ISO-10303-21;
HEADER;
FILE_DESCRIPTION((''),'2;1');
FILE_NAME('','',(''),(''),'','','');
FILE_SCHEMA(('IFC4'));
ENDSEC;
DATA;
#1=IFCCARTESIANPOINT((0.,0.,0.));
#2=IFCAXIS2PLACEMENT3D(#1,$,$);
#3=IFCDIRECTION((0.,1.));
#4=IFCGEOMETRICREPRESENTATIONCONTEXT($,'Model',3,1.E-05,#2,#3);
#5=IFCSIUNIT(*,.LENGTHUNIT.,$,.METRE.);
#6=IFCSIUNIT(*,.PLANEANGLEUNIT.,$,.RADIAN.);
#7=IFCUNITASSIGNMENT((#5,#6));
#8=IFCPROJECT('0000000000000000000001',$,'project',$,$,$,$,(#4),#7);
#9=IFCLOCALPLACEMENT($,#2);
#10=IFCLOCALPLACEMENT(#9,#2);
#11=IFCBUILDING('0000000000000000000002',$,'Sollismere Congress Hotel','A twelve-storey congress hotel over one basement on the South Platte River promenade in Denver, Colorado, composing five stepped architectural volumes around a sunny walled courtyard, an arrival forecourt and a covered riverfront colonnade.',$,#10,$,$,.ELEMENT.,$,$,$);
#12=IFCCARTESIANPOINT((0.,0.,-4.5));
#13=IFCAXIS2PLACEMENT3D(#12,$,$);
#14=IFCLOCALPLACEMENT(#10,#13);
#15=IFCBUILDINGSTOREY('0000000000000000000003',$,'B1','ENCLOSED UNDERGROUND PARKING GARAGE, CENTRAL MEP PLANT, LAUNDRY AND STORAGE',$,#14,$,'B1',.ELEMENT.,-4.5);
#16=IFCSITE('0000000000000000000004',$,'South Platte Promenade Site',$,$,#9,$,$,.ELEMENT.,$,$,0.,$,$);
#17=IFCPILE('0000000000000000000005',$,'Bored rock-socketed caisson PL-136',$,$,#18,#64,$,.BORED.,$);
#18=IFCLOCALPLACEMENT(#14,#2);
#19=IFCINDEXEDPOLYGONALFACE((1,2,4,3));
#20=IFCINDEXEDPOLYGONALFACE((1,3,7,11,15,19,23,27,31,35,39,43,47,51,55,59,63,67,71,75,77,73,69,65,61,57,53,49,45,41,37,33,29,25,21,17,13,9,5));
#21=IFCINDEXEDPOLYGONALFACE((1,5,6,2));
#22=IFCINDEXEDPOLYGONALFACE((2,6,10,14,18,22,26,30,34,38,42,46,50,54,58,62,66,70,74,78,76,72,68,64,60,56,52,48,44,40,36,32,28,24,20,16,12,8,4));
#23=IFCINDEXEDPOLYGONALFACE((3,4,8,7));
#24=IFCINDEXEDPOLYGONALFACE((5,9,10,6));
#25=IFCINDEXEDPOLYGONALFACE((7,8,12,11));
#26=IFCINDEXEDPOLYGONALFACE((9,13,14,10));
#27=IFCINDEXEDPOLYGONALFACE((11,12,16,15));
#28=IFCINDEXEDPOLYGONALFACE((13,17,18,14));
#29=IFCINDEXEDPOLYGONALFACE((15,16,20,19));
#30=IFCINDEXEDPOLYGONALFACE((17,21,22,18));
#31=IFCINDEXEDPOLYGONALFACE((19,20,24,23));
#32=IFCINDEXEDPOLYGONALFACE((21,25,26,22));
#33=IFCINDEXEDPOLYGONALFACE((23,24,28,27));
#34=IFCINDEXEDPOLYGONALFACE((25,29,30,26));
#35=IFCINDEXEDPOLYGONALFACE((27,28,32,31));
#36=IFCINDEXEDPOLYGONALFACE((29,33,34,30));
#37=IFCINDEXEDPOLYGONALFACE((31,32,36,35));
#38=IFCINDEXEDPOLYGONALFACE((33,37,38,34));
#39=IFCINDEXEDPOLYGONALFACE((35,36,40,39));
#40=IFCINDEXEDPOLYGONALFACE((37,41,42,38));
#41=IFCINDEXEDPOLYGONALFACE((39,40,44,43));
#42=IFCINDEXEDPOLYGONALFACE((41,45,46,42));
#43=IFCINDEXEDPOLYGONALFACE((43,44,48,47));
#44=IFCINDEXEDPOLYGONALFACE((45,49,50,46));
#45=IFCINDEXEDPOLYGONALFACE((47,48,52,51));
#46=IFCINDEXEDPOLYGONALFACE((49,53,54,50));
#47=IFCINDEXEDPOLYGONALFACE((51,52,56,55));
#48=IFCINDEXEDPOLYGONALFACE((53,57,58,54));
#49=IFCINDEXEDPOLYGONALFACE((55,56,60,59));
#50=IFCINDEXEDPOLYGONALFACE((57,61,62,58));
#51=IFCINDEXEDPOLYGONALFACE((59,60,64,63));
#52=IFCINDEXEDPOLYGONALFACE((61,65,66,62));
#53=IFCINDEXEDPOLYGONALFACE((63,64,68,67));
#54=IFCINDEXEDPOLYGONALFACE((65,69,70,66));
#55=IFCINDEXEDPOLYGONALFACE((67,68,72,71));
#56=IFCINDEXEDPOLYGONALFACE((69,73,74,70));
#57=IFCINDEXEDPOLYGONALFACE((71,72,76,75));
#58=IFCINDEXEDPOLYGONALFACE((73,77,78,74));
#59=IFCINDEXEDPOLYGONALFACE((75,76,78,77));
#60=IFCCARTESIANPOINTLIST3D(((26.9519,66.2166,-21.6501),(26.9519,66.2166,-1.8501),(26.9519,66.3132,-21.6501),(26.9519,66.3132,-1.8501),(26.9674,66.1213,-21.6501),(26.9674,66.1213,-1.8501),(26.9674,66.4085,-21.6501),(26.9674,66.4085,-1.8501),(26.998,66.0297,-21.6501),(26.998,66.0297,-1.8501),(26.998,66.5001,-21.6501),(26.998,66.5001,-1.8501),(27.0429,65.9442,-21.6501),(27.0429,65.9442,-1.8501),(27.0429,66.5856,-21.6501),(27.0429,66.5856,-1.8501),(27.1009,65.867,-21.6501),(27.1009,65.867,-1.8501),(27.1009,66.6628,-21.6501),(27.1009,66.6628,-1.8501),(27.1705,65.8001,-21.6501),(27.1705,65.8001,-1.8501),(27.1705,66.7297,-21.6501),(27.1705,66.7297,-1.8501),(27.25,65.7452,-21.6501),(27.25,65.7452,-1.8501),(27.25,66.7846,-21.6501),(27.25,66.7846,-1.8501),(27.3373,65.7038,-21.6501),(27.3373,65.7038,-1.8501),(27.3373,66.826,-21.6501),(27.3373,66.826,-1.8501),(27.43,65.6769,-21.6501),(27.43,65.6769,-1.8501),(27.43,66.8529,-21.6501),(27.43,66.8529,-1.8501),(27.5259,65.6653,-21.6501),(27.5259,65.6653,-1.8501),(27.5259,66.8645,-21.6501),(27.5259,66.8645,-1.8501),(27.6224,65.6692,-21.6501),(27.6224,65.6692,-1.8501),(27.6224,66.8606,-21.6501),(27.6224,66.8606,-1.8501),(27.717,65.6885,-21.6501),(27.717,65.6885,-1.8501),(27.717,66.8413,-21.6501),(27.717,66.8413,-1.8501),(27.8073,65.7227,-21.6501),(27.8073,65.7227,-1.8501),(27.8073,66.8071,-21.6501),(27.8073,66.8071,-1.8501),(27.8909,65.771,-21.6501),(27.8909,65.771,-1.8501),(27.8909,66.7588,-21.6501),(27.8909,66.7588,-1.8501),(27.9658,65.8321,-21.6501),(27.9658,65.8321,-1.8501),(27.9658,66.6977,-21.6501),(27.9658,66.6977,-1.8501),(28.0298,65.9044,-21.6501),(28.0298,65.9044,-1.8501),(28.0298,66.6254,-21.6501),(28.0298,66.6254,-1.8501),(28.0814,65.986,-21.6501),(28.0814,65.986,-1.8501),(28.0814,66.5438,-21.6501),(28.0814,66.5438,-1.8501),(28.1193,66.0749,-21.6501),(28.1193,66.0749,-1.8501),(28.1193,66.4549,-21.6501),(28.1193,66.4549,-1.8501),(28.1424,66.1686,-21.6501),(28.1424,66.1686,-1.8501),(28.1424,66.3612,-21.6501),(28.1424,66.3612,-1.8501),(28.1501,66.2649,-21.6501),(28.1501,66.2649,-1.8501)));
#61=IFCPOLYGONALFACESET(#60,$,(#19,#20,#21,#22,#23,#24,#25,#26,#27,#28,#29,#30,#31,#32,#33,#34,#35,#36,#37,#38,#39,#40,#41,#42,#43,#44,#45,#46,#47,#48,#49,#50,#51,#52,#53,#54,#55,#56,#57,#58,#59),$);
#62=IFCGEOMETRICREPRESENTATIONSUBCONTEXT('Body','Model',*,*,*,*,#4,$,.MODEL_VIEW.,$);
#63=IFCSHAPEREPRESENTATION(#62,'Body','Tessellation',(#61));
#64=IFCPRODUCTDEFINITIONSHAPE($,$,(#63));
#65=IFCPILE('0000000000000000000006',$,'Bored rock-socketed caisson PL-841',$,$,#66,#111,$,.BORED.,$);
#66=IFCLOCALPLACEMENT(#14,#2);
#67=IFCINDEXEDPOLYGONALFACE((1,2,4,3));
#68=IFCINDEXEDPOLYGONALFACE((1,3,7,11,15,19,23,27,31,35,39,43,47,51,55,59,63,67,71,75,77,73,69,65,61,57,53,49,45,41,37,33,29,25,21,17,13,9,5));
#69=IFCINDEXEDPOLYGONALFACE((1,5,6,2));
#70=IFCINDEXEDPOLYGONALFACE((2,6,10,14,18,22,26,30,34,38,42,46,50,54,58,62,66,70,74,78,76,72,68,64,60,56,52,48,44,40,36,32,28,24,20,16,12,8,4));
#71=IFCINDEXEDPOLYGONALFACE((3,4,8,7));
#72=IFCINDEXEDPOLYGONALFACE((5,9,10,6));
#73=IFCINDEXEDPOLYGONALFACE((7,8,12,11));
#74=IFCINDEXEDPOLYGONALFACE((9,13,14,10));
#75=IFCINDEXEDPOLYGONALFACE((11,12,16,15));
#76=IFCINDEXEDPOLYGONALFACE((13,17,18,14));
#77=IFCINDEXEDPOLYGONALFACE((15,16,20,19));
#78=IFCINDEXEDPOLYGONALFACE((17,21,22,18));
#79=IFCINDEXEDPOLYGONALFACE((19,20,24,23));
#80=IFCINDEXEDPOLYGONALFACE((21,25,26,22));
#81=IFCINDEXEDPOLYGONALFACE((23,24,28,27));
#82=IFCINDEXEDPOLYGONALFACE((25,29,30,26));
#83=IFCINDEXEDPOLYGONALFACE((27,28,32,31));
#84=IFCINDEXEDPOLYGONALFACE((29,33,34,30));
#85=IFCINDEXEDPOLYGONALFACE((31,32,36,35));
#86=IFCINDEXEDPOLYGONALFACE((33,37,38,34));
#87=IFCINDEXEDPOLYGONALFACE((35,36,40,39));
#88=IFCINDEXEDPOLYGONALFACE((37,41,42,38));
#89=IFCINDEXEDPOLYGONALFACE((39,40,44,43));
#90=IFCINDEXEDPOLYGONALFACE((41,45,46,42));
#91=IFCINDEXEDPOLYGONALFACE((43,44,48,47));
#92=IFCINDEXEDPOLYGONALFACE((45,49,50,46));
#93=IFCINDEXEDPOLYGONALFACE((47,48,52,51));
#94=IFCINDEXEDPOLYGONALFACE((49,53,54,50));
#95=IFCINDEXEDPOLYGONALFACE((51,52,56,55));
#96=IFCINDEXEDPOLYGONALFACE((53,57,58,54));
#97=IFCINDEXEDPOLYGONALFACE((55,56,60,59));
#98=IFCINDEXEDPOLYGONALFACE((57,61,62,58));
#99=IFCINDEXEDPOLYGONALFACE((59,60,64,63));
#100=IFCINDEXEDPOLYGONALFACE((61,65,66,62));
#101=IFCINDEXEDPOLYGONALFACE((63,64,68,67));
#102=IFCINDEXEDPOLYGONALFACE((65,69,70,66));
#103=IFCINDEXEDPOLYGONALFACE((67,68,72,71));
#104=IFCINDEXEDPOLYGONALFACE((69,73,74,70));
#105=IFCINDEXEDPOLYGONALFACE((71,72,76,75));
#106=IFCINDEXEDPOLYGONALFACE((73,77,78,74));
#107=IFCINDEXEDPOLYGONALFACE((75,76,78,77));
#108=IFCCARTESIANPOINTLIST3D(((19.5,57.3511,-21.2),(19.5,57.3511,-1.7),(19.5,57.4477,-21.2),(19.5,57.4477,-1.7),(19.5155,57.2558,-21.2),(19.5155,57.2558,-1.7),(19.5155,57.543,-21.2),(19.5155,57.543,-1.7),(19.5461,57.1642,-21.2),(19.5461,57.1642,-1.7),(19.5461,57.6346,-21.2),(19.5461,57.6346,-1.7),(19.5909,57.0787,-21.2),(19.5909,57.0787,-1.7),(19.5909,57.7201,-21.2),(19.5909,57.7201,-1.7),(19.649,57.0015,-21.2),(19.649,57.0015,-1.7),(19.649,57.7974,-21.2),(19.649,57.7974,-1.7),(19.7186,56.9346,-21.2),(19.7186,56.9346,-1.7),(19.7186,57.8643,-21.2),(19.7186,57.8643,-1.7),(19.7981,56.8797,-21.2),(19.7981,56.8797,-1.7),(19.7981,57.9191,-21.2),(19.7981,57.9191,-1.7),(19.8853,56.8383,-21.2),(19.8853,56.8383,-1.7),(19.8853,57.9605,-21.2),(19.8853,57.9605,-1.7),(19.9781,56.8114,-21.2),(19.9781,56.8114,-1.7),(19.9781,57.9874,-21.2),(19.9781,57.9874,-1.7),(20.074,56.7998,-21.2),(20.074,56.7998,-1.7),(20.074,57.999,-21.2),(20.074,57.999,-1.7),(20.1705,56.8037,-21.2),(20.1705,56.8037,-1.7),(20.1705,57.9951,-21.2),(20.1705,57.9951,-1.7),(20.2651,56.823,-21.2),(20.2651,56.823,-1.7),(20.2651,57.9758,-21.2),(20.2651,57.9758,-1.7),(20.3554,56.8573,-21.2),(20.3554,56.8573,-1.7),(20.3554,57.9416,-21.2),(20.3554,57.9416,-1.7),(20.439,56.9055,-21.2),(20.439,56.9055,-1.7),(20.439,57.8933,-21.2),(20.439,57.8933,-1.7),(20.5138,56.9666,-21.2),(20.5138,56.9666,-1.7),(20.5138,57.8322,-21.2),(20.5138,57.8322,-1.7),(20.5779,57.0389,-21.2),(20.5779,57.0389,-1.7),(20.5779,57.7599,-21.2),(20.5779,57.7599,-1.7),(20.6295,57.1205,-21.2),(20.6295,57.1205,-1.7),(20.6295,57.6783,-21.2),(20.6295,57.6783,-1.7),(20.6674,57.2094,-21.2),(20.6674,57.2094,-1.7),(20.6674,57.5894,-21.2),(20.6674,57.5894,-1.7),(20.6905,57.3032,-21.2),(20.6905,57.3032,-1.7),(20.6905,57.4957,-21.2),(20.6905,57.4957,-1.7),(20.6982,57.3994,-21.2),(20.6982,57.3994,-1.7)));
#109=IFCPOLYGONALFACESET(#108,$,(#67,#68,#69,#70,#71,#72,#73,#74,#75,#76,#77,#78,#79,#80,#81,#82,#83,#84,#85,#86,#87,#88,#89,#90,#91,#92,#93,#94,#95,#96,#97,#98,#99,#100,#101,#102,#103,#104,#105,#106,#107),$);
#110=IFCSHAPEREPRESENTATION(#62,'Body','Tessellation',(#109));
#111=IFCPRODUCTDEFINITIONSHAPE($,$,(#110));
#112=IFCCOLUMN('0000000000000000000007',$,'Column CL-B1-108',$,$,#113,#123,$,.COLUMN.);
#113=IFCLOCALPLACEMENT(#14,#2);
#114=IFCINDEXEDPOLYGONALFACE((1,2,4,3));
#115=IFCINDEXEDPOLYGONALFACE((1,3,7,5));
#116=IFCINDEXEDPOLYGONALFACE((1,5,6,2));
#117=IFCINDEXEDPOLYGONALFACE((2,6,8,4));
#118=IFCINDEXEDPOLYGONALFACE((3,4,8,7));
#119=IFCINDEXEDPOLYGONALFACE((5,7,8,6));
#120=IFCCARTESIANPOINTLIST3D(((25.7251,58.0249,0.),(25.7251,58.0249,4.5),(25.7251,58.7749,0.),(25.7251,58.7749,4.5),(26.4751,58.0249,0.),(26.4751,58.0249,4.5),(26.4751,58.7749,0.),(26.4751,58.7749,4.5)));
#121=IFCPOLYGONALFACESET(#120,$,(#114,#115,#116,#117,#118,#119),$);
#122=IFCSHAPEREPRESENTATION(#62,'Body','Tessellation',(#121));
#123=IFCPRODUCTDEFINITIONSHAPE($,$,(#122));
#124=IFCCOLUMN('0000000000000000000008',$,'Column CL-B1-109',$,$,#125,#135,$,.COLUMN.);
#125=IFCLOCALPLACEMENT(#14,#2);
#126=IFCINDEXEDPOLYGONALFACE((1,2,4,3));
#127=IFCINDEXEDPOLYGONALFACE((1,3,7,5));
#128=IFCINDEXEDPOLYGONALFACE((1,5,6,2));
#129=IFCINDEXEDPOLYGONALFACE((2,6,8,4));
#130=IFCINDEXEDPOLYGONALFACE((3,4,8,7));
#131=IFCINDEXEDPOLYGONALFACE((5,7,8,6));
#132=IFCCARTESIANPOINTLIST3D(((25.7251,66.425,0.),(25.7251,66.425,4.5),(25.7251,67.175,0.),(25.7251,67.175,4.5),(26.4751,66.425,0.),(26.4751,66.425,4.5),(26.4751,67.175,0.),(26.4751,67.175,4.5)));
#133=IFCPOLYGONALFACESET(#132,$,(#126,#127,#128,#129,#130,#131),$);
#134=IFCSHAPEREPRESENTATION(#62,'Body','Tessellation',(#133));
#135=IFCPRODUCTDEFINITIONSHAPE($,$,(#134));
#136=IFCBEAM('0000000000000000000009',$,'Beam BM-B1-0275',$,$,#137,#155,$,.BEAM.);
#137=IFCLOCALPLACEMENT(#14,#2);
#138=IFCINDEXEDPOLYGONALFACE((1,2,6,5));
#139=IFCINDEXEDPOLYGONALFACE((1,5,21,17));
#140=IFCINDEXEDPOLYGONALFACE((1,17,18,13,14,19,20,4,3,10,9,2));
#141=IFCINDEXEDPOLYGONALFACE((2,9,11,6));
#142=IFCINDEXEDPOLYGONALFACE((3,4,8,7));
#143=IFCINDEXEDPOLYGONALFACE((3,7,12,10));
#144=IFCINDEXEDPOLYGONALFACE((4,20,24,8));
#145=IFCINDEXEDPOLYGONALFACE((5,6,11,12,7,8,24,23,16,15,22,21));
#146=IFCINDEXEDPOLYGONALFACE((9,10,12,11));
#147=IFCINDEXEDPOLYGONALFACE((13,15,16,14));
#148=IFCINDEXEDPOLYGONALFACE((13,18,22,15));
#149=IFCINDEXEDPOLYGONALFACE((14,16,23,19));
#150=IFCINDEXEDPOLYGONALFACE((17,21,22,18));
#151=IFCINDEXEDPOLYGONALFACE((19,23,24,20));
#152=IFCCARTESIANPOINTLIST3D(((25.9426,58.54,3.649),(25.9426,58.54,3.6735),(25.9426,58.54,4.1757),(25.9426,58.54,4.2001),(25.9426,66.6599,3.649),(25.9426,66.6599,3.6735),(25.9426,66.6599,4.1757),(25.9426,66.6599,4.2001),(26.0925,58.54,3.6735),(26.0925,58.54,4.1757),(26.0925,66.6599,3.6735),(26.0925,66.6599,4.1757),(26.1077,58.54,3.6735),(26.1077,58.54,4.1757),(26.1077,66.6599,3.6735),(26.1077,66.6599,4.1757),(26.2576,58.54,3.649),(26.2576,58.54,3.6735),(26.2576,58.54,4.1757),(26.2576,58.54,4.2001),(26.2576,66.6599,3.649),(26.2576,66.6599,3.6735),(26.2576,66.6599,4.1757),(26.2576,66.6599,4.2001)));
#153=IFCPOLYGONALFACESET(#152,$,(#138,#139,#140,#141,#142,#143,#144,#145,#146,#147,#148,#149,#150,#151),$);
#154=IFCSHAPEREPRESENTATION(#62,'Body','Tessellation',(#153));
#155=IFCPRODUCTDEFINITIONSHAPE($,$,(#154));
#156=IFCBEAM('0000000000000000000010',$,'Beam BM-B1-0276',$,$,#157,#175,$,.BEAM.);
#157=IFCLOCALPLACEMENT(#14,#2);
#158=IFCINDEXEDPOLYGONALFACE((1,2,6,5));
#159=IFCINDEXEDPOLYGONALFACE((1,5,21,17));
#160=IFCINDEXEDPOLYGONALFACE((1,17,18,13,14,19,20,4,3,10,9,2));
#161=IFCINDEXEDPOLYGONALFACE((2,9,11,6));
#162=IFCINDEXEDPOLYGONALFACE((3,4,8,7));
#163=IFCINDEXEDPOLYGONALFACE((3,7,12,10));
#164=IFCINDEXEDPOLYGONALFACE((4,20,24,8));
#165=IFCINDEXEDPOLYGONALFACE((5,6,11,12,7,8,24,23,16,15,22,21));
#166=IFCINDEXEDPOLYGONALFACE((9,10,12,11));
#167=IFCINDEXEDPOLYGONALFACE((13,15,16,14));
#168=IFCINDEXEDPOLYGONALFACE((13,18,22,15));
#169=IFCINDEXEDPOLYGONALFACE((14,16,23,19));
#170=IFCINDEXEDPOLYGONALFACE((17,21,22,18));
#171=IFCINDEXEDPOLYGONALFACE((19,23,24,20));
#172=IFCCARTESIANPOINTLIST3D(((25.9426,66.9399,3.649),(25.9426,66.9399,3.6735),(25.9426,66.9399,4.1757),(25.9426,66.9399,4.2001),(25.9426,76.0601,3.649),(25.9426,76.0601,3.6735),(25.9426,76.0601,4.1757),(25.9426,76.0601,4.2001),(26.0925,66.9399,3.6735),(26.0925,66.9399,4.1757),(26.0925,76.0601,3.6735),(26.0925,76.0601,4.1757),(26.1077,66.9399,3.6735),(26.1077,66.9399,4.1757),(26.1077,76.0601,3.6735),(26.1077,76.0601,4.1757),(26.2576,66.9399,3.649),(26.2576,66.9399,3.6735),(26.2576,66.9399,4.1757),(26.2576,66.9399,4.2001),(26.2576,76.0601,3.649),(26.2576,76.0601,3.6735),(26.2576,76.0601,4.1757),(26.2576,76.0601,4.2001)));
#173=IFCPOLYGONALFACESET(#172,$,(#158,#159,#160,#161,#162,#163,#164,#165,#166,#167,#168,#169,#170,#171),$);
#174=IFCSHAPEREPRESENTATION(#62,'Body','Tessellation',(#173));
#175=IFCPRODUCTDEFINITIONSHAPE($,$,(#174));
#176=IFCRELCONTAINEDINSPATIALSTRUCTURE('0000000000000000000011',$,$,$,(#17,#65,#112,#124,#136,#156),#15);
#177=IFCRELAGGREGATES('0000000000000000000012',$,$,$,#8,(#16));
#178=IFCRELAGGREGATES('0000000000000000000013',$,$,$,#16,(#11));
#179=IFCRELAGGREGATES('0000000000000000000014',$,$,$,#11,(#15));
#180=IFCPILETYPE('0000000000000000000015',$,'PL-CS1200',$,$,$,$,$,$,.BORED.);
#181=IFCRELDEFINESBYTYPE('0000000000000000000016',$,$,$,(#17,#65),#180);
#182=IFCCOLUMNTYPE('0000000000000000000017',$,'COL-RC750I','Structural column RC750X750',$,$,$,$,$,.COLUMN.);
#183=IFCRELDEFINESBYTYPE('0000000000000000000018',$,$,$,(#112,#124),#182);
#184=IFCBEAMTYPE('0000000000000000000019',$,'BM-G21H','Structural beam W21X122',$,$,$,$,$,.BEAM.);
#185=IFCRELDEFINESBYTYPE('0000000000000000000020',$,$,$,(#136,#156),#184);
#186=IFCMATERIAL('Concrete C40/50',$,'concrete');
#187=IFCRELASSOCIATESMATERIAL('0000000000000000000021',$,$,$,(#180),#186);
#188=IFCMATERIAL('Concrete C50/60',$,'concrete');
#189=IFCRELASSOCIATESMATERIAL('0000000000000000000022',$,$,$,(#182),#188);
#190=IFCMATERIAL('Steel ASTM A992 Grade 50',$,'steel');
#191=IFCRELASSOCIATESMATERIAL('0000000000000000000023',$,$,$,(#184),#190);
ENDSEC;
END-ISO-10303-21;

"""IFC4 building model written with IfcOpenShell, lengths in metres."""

from ifc_helpers import new_model, si_unit, direction, frame, origin, origin_2d, place, context, subcontext, project, spatial, rectangle, circle, i_section, extrude, material, material_profile, profile_set, type_object, element, save


model = new_model("IFC4")

# Units and contexts
model_context = context("Model", 3, precision=1e-05, world=origin(), true_north=direction((0.0, 1.0)))
body_context = subcontext(model_context, "Body", "Model", "MODEL_VIEW")
ifc_project = project(units=[si_unit("LENGTHUNIT", "METRE"), si_unit("PLANEANGLEUNIT", "RADIAN")], contexts=[model_context])

# Site, building, storey
site_placement = place(None, origin())
site = spatial("IfcSite", under=ifc_project, at=site_placement, Name="South Platte Promenade Site", CompositionType="ELEMENT", RefElevation=0.0)
building_placement = place(site_placement, origin())
building = spatial("IfcBuilding", under=site, at=building_placement, Name="Sollismere Congress Hotel", Description="A twelve-storey congress hotel over one basement on the South Platte River promenade in Denver, Colorado, composing five stepped architectural volumes around a sunny walled courtyard, an arrival forecourt and a covered riverfront colonnade.", CompositionType="ELEMENT")
storey_placement = place(building_placement, frame((0.0, 0.0, -4.5)))
storey = spatial("IfcBuildingStorey", under=building, at=storey_placement, Name="B1", Description="ENCLOSED UNDERGROUND PARKING GARAGE, CENTRAL MEP PLANT, LAUNDRY AND STORAGE", LongName="B1", CompositionType="ELEMENT", Elevation=-4.5)

# Shared definitions
ifc_material_1 = material(Name="Concrete C40/50", Category="concrete")

# Piles
ifc_material_profile_1 = material_profile(ifc_material_1, circle(Radius=0.6001, at=origin_2d()), Name="CAISSON1200")
ifc_profile_set_1 = profile_set([ifc_material_profile_1], Name="Concrete C40/50")
pile_type = type_object("IfcPileType", Name="PL-CS1200", PredefinedType="BORED", material=ifc_profile_set_1)
for number, where, z_axis, x_axis, name in (
    (1, (27.55, 66.2649, -1.8501), (0.0, 0.0, -1.0), (1.0, 0.0, 0.0), "Bored rock-socketed caisson PL-136"),
):
    element("IfcPile", number, at=place(storey_placement, frame(where, z_axis=z_axis, x_axis=x_axis)), inside=storey, type_object=pile_type, Name=name, PredefinedType="BORED", context=body_context, shape_type="SweptSolid", body=[
        extrude(circle(Radius=0.6001, at=origin_2d()), origin(), (0.0, 0.0, 1.0), 19.8),
    ])
pile_1_placement = place(storey_placement, frame((20.0981, 57.3994, -1.7), z_axis=(0.0, 0.0, -1.0), x_axis=(1.0, 0.0, 0.0)))
element("IfcPile", 2, at=pile_1_placement, inside=storey, type_object=pile_type, Name="Bored rock-socketed caisson PL-841", PredefinedType="BORED", context=body_context, shape_type="SweptSolid", body=[
    extrude(circle(Radius=0.6001, at=origin_2d()), origin(), (0.0, 0.0, 1.0), 19.5),
])

# Columns
ifc_material_2 = material(Name="Concrete C50/60", Category="concrete")
ifc_material_profile_2 = material_profile(ifc_material_2, rectangle(XDim=0.75, YDim=0.75, at=origin_2d()), Name="RC750X750")
ifc_profile_set_2 = profile_set([ifc_material_profile_2], Name="Concrete C50/60")
column_type = type_object("IfcColumnType", Name="COL-RC750I", Description="Structural column RC750X750", PredefinedType="COLUMN", material=ifc_profile_set_2)
for number, where, z_axis, x_axis, name in (
    (3, (26.1001, 58.3999, 0.0), (0.0, 0.0, 1.0), (1.0, 0.0, 0.0), "Column CL-B1-108"),
    (4, (26.1001, 66.8, 0.0), (0.0, 0.0, 1.0), (0.0, 1.0, 0.0), "Column CL-B1-109"),
):
    element("IfcColumn", number, at=place(storey_placement, frame(where, z_axis=z_axis, x_axis=x_axis)), inside=storey, type_object=column_type, Name=name, PredefinedType="COLUMN", context=body_context, shape_type="SweptSolid", body=[
        extrude(rectangle(XDim=0.75, YDim=0.75, at=origin_2d()), origin(), (0.0, 0.0, 1.0), 4.5),
    ])

# Beams
ifc_material_3 = material(Name="Steel ASTM A992 Grade 50", Category="steel")
ifc_material_profile_3 = material_profile(ifc_material_3, i_section(OverallWidth=0.3149, OverallDepth=0.551, WebThickness=0.0151, FlangeThickness=0.0244, at=origin_2d()), Name="W21X122")
ifc_profile_set_3 = profile_set([ifc_material_profile_3], Name="Steel ASTM A992 Grade 50")
beam_type_1 = type_object("IfcBeamType", Name="BM-G21H", Description="Structural beam W21X122", PredefinedType="BEAM", material=ifc_profile_set_3)
beam_1_placement = place(storey_placement, frame((26.1001, 58.54, 3.9246), z_axis=(0.0, 1.0, 0.0), x_axis=(-1.0, 0.0, 0.0)))
element("IfcBeam", 5, at=beam_1_placement, inside=storey, type_object=beam_type_1, Name="Beam BM-B1-0275", PredefinedType="BEAM", context=body_context, shape_type="SweptSolid", body=[
    extrude(i_section(OverallWidth=0.3149, OverallDepth=0.551, WebThickness=0.0151, FlangeThickness=0.0244, at=origin_2d()), origin(), (0.0, 0.0, 1.0), 8.1199),
])
beam_2_placement = place(storey_placement, frame((26.1001, 66.9399, 3.9246), z_axis=(0.0, 1.0, 0.0), x_axis=(-1.0, 0.0, 0.0)))
element("IfcBeam", 6, at=beam_2_placement, inside=storey, type_object=beam_type_1, Name="Beam BM-B1-0276", PredefinedType="BEAM", context=body_context, shape_type="SweptSolid", body=[
    extrude(i_section(OverallWidth=0.3149, OverallDepth=0.551, WebThickness=0.0151, FlangeThickness=0.0244, at=origin_2d()), origin(), (0.0, 0.0, 1.0), 9.1201),
])

save(model, "model.ifc")
